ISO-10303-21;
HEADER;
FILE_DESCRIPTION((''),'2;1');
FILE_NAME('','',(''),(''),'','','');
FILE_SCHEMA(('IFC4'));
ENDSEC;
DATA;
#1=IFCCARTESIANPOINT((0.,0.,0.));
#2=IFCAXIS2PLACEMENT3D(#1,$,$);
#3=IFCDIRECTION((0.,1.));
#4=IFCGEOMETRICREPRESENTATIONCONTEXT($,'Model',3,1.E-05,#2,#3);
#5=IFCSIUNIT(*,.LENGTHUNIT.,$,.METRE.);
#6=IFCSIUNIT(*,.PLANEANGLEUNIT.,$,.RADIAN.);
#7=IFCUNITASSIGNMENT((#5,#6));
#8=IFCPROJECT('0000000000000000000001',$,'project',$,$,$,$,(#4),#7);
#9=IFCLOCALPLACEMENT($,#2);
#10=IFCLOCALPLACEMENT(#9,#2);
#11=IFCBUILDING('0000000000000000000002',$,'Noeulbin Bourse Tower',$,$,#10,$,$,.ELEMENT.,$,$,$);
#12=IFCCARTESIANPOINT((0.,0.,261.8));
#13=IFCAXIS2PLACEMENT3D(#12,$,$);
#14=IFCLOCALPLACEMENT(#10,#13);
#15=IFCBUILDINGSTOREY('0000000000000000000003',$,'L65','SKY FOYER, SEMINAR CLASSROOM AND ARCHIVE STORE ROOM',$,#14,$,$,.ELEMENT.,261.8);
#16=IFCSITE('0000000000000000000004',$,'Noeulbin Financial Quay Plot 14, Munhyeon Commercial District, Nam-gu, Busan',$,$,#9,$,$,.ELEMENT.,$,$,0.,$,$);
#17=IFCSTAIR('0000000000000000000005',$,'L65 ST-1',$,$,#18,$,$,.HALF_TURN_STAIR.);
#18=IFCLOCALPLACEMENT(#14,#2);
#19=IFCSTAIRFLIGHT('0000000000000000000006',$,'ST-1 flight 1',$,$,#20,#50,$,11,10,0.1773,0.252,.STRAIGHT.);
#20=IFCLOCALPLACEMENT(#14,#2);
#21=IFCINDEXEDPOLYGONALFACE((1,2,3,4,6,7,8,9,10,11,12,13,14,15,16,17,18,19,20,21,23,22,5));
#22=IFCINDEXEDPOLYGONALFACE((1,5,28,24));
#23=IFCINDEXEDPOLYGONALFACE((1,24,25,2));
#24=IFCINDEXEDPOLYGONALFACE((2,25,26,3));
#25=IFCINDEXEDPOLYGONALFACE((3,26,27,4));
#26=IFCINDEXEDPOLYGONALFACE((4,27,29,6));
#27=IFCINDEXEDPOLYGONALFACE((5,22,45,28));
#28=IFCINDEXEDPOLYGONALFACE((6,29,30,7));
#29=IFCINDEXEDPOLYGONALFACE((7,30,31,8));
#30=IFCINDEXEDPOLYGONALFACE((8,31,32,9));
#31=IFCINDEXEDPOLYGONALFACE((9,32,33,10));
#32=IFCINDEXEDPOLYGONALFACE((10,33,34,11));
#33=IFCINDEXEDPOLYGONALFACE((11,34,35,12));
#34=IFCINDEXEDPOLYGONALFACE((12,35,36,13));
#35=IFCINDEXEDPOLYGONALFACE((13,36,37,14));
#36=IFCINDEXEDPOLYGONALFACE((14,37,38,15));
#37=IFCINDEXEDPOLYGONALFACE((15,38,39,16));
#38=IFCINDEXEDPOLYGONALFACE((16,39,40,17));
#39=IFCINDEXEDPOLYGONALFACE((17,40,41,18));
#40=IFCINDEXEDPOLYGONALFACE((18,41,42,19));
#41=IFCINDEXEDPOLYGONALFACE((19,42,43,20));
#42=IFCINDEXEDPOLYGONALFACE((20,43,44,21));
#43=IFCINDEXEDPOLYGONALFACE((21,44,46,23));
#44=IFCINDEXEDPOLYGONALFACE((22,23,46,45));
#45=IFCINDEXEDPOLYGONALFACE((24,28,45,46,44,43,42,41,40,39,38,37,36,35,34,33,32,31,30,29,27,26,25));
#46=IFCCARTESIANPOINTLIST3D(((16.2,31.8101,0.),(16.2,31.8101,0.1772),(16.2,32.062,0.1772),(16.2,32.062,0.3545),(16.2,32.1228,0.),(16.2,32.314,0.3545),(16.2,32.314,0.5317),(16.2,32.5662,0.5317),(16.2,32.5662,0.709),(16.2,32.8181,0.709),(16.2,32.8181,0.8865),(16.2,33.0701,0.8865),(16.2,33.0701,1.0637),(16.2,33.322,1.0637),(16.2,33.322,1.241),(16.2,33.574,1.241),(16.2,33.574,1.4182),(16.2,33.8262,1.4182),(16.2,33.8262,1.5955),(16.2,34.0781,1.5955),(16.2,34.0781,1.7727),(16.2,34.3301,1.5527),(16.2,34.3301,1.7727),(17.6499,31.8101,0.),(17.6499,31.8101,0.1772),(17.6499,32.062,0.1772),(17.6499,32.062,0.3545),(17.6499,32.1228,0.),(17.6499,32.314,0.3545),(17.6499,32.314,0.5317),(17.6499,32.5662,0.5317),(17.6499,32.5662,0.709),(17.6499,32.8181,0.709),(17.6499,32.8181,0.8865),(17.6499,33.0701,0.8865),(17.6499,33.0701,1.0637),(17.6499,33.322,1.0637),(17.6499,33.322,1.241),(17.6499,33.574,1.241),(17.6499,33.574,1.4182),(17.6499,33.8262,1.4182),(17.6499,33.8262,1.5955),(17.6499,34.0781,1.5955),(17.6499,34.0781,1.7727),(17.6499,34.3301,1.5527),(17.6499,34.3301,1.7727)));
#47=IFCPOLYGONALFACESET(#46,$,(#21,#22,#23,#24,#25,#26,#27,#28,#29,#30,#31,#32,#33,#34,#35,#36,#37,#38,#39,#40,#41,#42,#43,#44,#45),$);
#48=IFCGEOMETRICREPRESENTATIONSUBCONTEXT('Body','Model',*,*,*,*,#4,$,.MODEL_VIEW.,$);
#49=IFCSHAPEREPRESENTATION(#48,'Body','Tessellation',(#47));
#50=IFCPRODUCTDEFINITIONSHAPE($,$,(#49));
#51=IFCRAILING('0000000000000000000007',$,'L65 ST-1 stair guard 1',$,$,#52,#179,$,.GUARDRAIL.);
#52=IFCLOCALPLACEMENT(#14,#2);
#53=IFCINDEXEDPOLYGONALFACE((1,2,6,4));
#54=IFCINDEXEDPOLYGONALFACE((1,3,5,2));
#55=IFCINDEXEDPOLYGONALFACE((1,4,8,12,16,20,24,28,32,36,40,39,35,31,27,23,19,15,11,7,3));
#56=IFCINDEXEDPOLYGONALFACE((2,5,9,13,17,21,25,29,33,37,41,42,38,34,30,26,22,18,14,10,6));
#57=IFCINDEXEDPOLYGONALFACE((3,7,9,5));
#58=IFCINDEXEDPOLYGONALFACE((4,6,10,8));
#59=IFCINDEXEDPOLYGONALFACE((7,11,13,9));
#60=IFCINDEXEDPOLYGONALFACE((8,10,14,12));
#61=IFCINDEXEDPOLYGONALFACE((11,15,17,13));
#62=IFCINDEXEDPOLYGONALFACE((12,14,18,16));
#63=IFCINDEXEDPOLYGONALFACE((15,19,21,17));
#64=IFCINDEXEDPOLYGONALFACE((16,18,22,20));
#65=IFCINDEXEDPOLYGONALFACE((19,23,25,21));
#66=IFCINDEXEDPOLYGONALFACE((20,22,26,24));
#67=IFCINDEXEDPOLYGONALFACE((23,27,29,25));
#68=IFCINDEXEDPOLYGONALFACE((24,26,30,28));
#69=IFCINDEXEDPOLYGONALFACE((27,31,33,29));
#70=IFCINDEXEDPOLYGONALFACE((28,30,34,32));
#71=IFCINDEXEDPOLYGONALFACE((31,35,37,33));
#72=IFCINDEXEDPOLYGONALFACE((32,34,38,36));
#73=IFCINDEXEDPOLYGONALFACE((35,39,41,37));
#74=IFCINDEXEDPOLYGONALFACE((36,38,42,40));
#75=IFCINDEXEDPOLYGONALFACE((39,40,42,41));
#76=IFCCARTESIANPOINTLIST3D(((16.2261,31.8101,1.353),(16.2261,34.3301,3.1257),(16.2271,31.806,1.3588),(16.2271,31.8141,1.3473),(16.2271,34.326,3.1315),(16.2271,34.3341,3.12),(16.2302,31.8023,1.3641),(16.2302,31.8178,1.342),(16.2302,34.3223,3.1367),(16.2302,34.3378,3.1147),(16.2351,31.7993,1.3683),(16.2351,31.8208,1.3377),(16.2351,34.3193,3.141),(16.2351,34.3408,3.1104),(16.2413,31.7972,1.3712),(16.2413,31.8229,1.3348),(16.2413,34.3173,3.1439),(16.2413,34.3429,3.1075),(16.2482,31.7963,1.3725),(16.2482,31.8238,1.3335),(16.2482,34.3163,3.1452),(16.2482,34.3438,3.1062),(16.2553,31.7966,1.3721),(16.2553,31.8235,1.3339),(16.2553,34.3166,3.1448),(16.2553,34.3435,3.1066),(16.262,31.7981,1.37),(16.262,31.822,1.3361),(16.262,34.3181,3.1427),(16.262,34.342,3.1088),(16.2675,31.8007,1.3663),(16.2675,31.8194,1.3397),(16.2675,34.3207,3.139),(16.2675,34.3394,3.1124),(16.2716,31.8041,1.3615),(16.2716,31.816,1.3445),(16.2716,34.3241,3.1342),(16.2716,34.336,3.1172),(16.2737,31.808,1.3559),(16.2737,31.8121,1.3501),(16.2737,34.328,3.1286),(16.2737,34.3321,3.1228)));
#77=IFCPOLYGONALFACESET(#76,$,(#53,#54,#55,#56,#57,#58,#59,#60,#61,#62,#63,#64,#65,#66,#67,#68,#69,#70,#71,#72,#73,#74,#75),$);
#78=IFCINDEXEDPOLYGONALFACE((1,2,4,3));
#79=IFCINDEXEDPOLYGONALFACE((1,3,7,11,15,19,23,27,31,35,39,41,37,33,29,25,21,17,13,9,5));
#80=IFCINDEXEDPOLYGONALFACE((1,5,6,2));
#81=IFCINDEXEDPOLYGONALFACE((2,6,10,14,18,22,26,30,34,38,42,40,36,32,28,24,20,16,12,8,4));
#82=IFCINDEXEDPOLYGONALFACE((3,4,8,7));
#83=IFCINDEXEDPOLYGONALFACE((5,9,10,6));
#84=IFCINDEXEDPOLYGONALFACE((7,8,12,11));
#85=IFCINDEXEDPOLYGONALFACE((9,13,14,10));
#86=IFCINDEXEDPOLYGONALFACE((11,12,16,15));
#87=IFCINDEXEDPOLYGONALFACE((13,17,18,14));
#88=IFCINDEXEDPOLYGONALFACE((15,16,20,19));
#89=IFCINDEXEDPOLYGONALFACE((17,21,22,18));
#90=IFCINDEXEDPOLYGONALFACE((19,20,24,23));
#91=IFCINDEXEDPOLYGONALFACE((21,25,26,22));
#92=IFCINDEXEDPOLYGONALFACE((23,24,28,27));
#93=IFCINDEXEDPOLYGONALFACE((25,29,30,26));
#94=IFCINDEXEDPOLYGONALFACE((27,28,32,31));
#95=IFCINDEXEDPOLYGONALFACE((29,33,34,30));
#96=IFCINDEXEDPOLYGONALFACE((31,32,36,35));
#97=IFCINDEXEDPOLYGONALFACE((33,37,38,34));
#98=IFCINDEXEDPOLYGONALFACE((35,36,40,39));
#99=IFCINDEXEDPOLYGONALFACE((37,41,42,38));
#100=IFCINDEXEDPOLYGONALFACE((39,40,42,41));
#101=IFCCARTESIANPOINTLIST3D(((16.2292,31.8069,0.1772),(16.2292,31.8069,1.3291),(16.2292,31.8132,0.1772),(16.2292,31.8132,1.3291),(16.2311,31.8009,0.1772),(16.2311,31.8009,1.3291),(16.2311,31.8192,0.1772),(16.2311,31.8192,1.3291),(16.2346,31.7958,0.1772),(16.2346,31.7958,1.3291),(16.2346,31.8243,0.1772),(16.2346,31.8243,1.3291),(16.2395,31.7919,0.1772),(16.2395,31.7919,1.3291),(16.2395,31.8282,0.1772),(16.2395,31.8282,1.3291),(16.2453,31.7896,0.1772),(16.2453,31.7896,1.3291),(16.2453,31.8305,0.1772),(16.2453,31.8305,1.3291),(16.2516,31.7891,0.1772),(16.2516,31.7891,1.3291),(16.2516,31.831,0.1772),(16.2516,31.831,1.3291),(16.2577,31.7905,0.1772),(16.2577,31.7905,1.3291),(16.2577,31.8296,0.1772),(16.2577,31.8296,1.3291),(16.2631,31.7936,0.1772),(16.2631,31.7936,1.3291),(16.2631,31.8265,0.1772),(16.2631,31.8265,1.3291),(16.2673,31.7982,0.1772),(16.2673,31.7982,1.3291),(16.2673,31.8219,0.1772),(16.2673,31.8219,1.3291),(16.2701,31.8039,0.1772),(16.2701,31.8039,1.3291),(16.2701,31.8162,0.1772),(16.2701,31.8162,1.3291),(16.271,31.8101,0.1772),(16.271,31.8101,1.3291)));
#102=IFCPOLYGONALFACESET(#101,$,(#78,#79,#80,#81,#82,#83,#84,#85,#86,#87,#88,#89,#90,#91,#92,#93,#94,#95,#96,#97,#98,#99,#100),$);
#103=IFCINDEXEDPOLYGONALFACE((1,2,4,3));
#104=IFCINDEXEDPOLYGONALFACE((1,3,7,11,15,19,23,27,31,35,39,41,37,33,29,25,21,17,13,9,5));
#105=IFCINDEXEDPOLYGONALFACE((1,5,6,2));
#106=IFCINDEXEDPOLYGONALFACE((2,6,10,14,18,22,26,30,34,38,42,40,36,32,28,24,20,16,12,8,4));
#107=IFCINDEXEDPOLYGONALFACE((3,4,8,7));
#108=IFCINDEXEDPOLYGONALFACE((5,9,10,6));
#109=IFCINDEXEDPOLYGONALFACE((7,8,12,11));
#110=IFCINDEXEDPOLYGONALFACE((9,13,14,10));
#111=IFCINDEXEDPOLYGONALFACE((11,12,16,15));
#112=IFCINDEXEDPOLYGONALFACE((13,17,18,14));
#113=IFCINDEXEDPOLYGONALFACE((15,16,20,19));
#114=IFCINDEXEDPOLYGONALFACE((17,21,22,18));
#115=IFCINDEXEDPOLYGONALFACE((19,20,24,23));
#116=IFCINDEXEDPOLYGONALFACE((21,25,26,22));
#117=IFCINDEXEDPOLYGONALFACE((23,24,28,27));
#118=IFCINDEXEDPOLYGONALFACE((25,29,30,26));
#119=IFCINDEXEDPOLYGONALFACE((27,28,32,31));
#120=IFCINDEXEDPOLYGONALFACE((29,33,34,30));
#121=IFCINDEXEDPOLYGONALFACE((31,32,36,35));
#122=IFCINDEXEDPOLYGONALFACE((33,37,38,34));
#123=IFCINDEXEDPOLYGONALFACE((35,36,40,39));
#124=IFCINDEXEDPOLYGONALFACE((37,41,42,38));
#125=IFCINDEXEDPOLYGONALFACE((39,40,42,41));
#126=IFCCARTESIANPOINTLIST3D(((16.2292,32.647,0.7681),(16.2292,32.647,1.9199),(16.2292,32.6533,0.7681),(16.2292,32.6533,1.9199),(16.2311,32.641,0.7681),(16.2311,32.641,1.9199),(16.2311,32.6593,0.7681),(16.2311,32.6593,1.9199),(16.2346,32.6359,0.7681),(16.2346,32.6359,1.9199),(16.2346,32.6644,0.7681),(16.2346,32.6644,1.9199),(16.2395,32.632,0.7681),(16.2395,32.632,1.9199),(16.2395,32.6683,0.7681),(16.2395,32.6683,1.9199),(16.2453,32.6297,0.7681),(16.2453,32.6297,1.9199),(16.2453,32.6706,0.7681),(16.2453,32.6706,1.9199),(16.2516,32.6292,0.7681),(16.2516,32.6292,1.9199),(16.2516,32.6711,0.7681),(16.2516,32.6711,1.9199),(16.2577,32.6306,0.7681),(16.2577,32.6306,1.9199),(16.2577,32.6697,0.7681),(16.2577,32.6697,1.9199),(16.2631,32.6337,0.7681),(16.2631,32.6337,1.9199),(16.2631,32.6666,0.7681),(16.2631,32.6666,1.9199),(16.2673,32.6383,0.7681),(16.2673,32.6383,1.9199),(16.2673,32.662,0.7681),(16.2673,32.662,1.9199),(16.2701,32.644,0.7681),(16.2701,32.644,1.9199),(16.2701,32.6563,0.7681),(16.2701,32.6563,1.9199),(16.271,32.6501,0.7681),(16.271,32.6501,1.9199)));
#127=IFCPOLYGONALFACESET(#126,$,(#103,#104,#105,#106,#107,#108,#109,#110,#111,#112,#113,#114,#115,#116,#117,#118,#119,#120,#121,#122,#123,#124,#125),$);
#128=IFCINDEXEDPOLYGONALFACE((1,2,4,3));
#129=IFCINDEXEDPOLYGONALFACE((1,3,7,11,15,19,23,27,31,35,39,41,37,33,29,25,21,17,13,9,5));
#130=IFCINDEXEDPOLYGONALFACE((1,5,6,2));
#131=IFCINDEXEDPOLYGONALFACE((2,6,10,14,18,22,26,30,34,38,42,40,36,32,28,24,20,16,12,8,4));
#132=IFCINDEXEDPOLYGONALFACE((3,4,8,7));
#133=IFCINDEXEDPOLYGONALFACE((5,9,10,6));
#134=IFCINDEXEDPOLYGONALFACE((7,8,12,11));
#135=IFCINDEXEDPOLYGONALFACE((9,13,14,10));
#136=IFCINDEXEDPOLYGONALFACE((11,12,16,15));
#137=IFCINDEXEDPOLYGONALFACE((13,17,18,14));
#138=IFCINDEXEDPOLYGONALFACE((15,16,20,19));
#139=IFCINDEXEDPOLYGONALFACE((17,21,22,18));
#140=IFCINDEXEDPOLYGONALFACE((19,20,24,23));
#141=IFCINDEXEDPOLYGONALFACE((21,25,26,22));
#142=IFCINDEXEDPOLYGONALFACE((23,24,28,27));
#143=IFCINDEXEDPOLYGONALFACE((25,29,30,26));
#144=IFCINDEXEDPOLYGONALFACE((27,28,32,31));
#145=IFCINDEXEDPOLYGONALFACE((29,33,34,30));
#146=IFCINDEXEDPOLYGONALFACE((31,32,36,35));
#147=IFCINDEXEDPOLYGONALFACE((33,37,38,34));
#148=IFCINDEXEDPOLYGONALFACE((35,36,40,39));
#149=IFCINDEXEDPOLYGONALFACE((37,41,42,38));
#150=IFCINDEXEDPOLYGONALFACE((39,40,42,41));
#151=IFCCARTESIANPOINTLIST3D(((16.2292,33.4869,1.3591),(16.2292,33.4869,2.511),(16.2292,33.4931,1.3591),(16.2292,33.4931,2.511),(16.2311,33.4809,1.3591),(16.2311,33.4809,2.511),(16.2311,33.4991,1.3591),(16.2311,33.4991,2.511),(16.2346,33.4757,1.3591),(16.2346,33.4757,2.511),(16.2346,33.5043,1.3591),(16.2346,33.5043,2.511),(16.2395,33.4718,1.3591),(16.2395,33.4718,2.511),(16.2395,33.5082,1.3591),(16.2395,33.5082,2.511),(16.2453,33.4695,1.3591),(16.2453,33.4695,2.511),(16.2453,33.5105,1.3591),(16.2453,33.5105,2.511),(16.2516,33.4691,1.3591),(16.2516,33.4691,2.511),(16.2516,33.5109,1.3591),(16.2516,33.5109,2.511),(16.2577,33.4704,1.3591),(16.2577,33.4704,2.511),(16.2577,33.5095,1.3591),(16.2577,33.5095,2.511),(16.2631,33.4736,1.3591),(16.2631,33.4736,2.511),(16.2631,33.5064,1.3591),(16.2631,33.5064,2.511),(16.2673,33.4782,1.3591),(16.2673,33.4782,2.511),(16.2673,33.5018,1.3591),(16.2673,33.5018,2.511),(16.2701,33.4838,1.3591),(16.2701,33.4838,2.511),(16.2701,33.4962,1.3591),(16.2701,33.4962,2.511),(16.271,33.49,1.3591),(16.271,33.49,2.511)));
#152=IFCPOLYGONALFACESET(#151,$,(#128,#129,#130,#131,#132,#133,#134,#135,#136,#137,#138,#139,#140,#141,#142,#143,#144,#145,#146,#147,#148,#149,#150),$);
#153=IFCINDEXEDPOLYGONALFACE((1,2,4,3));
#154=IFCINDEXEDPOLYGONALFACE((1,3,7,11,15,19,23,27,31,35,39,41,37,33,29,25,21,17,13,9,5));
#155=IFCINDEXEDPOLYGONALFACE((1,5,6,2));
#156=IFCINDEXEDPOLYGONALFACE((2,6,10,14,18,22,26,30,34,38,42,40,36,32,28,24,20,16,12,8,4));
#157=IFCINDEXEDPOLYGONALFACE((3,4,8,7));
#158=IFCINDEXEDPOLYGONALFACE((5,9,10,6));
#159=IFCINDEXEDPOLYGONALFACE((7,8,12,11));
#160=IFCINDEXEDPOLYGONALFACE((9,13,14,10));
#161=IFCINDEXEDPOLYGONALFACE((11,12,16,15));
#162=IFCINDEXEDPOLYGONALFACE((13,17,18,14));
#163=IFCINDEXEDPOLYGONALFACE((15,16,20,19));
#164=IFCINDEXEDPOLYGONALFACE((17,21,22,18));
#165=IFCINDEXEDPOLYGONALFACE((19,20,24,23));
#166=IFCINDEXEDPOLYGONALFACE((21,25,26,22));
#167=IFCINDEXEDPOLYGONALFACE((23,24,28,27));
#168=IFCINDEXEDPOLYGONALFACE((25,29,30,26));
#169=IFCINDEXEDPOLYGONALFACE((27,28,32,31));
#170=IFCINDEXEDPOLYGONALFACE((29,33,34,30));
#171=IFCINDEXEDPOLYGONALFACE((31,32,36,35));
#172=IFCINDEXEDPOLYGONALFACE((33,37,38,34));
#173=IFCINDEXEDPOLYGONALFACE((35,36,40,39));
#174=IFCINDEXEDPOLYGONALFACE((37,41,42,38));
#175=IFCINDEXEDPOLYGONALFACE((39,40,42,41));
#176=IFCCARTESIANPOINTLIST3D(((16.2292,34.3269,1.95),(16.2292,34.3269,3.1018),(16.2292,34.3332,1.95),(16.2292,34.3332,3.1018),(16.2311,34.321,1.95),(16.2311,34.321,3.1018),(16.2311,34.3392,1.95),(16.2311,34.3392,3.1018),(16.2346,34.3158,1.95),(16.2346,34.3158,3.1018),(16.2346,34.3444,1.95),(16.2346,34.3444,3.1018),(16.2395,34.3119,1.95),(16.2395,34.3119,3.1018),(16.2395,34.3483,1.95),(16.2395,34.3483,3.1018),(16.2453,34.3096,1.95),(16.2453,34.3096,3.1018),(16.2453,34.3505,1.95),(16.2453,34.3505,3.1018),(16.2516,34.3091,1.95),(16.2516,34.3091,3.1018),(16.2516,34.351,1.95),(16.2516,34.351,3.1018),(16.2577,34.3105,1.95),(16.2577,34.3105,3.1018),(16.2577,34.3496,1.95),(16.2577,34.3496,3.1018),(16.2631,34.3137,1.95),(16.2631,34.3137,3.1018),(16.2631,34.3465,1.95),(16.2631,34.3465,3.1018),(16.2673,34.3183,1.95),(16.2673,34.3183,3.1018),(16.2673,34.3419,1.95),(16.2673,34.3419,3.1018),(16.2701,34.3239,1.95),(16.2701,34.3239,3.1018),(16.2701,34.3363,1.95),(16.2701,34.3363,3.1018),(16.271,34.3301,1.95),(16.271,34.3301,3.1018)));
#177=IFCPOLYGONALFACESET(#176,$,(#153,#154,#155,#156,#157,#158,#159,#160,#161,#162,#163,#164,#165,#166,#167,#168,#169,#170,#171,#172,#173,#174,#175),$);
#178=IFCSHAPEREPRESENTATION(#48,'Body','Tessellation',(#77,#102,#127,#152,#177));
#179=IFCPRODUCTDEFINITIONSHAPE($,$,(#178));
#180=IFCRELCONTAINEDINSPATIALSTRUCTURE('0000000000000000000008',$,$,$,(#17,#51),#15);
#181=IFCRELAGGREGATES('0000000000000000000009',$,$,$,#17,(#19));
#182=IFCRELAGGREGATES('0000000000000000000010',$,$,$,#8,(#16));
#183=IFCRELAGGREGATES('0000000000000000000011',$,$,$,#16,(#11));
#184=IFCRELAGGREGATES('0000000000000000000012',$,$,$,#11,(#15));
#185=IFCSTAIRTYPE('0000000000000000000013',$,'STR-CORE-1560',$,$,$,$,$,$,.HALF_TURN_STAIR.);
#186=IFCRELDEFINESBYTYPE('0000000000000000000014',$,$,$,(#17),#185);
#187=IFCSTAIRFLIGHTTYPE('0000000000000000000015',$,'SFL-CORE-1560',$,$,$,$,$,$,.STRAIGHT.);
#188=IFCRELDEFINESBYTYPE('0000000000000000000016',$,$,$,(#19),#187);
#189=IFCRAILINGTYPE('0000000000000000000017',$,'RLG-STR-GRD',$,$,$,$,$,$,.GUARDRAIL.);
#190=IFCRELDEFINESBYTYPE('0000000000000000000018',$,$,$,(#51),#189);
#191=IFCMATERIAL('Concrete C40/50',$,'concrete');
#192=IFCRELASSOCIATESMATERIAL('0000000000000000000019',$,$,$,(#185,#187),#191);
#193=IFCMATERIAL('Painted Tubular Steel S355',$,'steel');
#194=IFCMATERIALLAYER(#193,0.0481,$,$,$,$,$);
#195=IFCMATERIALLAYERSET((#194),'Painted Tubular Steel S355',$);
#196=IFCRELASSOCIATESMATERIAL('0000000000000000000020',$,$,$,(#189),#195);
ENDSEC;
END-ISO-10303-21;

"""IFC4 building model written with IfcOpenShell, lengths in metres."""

from ifc_helpers import new_model, si_unit, direction, frame, origin, origin_2d, place, context, subcontext, project, spatial, polyline, circle, outline, extrude, material, layer, layer_set, type_object, element, aggregate, save


model = new_model("IFC4")

# Units and contexts
model_context = context("Model", 3, precision=1e-05, world=origin(), true_north=direction((0.0, 1.0)))
body_context = subcontext(model_context, "Body", "Model", "MODEL_VIEW")
ifc_project = project(units=[si_unit("LENGTHUNIT", "METRE"), si_unit("PLANEANGLEUNIT", "RADIAN")], contexts=[model_context])

# Site, building, storey
site_placement = place(None, origin())
site = spatial("IfcSite", under=ifc_project, at=site_placement, Name="Noeulbin Financial Quay Plot 14, Munhyeon Commercial District, Nam-gu, Busan", CompositionType="ELEMENT", RefElevation=0.0)
building_placement = place(site_placement, origin())
building = spatial("IfcBuilding", under=site, at=building_placement, Name="Noeulbin Bourse Tower", CompositionType="ELEMENT")
storey_placement = place(building_placement, frame((0.0, 0.0, 261.8)))
storey = spatial("IfcBuildingStorey", under=building, at=storey_placement, Name="L65", Description="SKY FOYER, SEMINAR CLASSROOM AND ARCHIVE STORE ROOM", CompositionType="ELEMENT", Elevation=261.8)

# Shared definitions
ifc_material_1 = material(Name="Concrete C40/50", Category="concrete")

# Stair, stair flight
stair_type = type_object("IfcStairType", Name="STR-CORE-1560", PredefinedType="HALF_TURN_STAIR", material=ifc_material_1)
stair_placement = place(storey_placement, origin())
stair = element("IfcStair", 1, at=stair_placement, inside=storey, type_object=stair_type, Name="L65 ST-1", PredefinedType="HALF_TURN_STAIR")
stair_flight_type = type_object("IfcStairFlightType", Name="SFL-CORE-1560", PredefinedType="STRAIGHT", material=ifc_material_1)
stair_flight_placement = place(storey_placement, frame((16.925, 31.8101, 0.0), z_axis=(0.0, 0.0, 1.0), x_axis=(0.0, 1.0, 0.0)))
stair_flight = element("IfcStairFlight", 2, at=stair_flight_placement, type_object=stair_flight_type, Name="ST-1 flight 1", NumberOfRisers=11, NumberOfTreads=10, PredefinedType="STRAIGHT", RiserHeight=0.1773, TreadLength=0.252, context=body_context, shape_type="SweptSolid", body=[
    extrude(outline(polyline([(0.0, 0.0), (0.0, 0.1772), (0.252, 0.1772), (0.252, 0.3545), (0.5039, 0.3545), (0.5039, 0.5317), (0.7561, 0.5317), (0.7561, 0.709), (1.0081, 0.709), (1.0081, 0.8865), (1.26, 0.8865), (1.26, 1.0637), (1.512, 1.0637), (1.512, 1.241), (1.7639, 1.241), (1.7639, 1.4182), (2.0161, 1.4182), (2.0161, 1.5955), (2.2681, 1.5955), (2.2681, 1.7727), (2.52, 1.7727), (2.52, 1.95), (2.52, 1.5527), (0.3127, 0.0), (0.0, 0.0)])), frame((0.0, 0.7251, 0.0), z_axis=(0.0, -1.0, 0.0), x_axis=(1.0, 0.0, 0.0)), (0.0, 0.0, 1.0), 1.45),
])
aggregate(stair, [stair_flight])

# Railing
ifc_material_2 = material(Name="Painted Tubular Steel S355", Category="steel")
ifc_layer_1 = layer(ifc_material_2, 0.0481)
ifc_layer_set_1 = layer_set([ifc_layer_1], Name="Painted Tubular Steel S355")
railing_type_1 = type_object("IfcRailingType", Name="RLG-STR-GRD", PredefinedType="GUARDRAIL", material=ifc_layer_set_1)
railing_1_placement = place(storey_placement, frame((16.25, 31.8101, 0.1772)))
element("IfcRailing", 3, at=railing_1_placement, inside=storey, type_object=railing_type_1, Name="L65 ST-1 stair guard 1", PredefinedType="GUARDRAIL", context=body_context, shape_type="SweptSolid", body=[
    extrude(circle(Radius=0.0239, at=origin_2d()), frame((0.0, 0.0, 1.1758), z_axis=(0.0, 0.817904, 0.575354), x_axis=(-1.0, 0.0, 0.0)), (0.0, 0.0, 1.0), 3.0811),
    extrude(circle(Radius=0.021, at=origin_2d()), origin(), (0.0, 0.0, 1.0), 1.1519),
    extrude(circle(Radius=0.021, at=origin_2d()), frame((0.0, 0.8401, 0.5908)), (0.0, 0.0, 1.0), 1.1519),
    extrude(circle(Radius=0.021, at=origin_2d()), frame((0.0, 1.6799, 1.1819)), (0.0, 0.0, 1.0), 1.1519),
    extrude(circle(Radius=0.021, at=origin_2d()), frame((0.0, 2.52, 1.7727)), (0.0, 0.0, 1.0), 1.1519),
])

save(model, "model.ifc")
